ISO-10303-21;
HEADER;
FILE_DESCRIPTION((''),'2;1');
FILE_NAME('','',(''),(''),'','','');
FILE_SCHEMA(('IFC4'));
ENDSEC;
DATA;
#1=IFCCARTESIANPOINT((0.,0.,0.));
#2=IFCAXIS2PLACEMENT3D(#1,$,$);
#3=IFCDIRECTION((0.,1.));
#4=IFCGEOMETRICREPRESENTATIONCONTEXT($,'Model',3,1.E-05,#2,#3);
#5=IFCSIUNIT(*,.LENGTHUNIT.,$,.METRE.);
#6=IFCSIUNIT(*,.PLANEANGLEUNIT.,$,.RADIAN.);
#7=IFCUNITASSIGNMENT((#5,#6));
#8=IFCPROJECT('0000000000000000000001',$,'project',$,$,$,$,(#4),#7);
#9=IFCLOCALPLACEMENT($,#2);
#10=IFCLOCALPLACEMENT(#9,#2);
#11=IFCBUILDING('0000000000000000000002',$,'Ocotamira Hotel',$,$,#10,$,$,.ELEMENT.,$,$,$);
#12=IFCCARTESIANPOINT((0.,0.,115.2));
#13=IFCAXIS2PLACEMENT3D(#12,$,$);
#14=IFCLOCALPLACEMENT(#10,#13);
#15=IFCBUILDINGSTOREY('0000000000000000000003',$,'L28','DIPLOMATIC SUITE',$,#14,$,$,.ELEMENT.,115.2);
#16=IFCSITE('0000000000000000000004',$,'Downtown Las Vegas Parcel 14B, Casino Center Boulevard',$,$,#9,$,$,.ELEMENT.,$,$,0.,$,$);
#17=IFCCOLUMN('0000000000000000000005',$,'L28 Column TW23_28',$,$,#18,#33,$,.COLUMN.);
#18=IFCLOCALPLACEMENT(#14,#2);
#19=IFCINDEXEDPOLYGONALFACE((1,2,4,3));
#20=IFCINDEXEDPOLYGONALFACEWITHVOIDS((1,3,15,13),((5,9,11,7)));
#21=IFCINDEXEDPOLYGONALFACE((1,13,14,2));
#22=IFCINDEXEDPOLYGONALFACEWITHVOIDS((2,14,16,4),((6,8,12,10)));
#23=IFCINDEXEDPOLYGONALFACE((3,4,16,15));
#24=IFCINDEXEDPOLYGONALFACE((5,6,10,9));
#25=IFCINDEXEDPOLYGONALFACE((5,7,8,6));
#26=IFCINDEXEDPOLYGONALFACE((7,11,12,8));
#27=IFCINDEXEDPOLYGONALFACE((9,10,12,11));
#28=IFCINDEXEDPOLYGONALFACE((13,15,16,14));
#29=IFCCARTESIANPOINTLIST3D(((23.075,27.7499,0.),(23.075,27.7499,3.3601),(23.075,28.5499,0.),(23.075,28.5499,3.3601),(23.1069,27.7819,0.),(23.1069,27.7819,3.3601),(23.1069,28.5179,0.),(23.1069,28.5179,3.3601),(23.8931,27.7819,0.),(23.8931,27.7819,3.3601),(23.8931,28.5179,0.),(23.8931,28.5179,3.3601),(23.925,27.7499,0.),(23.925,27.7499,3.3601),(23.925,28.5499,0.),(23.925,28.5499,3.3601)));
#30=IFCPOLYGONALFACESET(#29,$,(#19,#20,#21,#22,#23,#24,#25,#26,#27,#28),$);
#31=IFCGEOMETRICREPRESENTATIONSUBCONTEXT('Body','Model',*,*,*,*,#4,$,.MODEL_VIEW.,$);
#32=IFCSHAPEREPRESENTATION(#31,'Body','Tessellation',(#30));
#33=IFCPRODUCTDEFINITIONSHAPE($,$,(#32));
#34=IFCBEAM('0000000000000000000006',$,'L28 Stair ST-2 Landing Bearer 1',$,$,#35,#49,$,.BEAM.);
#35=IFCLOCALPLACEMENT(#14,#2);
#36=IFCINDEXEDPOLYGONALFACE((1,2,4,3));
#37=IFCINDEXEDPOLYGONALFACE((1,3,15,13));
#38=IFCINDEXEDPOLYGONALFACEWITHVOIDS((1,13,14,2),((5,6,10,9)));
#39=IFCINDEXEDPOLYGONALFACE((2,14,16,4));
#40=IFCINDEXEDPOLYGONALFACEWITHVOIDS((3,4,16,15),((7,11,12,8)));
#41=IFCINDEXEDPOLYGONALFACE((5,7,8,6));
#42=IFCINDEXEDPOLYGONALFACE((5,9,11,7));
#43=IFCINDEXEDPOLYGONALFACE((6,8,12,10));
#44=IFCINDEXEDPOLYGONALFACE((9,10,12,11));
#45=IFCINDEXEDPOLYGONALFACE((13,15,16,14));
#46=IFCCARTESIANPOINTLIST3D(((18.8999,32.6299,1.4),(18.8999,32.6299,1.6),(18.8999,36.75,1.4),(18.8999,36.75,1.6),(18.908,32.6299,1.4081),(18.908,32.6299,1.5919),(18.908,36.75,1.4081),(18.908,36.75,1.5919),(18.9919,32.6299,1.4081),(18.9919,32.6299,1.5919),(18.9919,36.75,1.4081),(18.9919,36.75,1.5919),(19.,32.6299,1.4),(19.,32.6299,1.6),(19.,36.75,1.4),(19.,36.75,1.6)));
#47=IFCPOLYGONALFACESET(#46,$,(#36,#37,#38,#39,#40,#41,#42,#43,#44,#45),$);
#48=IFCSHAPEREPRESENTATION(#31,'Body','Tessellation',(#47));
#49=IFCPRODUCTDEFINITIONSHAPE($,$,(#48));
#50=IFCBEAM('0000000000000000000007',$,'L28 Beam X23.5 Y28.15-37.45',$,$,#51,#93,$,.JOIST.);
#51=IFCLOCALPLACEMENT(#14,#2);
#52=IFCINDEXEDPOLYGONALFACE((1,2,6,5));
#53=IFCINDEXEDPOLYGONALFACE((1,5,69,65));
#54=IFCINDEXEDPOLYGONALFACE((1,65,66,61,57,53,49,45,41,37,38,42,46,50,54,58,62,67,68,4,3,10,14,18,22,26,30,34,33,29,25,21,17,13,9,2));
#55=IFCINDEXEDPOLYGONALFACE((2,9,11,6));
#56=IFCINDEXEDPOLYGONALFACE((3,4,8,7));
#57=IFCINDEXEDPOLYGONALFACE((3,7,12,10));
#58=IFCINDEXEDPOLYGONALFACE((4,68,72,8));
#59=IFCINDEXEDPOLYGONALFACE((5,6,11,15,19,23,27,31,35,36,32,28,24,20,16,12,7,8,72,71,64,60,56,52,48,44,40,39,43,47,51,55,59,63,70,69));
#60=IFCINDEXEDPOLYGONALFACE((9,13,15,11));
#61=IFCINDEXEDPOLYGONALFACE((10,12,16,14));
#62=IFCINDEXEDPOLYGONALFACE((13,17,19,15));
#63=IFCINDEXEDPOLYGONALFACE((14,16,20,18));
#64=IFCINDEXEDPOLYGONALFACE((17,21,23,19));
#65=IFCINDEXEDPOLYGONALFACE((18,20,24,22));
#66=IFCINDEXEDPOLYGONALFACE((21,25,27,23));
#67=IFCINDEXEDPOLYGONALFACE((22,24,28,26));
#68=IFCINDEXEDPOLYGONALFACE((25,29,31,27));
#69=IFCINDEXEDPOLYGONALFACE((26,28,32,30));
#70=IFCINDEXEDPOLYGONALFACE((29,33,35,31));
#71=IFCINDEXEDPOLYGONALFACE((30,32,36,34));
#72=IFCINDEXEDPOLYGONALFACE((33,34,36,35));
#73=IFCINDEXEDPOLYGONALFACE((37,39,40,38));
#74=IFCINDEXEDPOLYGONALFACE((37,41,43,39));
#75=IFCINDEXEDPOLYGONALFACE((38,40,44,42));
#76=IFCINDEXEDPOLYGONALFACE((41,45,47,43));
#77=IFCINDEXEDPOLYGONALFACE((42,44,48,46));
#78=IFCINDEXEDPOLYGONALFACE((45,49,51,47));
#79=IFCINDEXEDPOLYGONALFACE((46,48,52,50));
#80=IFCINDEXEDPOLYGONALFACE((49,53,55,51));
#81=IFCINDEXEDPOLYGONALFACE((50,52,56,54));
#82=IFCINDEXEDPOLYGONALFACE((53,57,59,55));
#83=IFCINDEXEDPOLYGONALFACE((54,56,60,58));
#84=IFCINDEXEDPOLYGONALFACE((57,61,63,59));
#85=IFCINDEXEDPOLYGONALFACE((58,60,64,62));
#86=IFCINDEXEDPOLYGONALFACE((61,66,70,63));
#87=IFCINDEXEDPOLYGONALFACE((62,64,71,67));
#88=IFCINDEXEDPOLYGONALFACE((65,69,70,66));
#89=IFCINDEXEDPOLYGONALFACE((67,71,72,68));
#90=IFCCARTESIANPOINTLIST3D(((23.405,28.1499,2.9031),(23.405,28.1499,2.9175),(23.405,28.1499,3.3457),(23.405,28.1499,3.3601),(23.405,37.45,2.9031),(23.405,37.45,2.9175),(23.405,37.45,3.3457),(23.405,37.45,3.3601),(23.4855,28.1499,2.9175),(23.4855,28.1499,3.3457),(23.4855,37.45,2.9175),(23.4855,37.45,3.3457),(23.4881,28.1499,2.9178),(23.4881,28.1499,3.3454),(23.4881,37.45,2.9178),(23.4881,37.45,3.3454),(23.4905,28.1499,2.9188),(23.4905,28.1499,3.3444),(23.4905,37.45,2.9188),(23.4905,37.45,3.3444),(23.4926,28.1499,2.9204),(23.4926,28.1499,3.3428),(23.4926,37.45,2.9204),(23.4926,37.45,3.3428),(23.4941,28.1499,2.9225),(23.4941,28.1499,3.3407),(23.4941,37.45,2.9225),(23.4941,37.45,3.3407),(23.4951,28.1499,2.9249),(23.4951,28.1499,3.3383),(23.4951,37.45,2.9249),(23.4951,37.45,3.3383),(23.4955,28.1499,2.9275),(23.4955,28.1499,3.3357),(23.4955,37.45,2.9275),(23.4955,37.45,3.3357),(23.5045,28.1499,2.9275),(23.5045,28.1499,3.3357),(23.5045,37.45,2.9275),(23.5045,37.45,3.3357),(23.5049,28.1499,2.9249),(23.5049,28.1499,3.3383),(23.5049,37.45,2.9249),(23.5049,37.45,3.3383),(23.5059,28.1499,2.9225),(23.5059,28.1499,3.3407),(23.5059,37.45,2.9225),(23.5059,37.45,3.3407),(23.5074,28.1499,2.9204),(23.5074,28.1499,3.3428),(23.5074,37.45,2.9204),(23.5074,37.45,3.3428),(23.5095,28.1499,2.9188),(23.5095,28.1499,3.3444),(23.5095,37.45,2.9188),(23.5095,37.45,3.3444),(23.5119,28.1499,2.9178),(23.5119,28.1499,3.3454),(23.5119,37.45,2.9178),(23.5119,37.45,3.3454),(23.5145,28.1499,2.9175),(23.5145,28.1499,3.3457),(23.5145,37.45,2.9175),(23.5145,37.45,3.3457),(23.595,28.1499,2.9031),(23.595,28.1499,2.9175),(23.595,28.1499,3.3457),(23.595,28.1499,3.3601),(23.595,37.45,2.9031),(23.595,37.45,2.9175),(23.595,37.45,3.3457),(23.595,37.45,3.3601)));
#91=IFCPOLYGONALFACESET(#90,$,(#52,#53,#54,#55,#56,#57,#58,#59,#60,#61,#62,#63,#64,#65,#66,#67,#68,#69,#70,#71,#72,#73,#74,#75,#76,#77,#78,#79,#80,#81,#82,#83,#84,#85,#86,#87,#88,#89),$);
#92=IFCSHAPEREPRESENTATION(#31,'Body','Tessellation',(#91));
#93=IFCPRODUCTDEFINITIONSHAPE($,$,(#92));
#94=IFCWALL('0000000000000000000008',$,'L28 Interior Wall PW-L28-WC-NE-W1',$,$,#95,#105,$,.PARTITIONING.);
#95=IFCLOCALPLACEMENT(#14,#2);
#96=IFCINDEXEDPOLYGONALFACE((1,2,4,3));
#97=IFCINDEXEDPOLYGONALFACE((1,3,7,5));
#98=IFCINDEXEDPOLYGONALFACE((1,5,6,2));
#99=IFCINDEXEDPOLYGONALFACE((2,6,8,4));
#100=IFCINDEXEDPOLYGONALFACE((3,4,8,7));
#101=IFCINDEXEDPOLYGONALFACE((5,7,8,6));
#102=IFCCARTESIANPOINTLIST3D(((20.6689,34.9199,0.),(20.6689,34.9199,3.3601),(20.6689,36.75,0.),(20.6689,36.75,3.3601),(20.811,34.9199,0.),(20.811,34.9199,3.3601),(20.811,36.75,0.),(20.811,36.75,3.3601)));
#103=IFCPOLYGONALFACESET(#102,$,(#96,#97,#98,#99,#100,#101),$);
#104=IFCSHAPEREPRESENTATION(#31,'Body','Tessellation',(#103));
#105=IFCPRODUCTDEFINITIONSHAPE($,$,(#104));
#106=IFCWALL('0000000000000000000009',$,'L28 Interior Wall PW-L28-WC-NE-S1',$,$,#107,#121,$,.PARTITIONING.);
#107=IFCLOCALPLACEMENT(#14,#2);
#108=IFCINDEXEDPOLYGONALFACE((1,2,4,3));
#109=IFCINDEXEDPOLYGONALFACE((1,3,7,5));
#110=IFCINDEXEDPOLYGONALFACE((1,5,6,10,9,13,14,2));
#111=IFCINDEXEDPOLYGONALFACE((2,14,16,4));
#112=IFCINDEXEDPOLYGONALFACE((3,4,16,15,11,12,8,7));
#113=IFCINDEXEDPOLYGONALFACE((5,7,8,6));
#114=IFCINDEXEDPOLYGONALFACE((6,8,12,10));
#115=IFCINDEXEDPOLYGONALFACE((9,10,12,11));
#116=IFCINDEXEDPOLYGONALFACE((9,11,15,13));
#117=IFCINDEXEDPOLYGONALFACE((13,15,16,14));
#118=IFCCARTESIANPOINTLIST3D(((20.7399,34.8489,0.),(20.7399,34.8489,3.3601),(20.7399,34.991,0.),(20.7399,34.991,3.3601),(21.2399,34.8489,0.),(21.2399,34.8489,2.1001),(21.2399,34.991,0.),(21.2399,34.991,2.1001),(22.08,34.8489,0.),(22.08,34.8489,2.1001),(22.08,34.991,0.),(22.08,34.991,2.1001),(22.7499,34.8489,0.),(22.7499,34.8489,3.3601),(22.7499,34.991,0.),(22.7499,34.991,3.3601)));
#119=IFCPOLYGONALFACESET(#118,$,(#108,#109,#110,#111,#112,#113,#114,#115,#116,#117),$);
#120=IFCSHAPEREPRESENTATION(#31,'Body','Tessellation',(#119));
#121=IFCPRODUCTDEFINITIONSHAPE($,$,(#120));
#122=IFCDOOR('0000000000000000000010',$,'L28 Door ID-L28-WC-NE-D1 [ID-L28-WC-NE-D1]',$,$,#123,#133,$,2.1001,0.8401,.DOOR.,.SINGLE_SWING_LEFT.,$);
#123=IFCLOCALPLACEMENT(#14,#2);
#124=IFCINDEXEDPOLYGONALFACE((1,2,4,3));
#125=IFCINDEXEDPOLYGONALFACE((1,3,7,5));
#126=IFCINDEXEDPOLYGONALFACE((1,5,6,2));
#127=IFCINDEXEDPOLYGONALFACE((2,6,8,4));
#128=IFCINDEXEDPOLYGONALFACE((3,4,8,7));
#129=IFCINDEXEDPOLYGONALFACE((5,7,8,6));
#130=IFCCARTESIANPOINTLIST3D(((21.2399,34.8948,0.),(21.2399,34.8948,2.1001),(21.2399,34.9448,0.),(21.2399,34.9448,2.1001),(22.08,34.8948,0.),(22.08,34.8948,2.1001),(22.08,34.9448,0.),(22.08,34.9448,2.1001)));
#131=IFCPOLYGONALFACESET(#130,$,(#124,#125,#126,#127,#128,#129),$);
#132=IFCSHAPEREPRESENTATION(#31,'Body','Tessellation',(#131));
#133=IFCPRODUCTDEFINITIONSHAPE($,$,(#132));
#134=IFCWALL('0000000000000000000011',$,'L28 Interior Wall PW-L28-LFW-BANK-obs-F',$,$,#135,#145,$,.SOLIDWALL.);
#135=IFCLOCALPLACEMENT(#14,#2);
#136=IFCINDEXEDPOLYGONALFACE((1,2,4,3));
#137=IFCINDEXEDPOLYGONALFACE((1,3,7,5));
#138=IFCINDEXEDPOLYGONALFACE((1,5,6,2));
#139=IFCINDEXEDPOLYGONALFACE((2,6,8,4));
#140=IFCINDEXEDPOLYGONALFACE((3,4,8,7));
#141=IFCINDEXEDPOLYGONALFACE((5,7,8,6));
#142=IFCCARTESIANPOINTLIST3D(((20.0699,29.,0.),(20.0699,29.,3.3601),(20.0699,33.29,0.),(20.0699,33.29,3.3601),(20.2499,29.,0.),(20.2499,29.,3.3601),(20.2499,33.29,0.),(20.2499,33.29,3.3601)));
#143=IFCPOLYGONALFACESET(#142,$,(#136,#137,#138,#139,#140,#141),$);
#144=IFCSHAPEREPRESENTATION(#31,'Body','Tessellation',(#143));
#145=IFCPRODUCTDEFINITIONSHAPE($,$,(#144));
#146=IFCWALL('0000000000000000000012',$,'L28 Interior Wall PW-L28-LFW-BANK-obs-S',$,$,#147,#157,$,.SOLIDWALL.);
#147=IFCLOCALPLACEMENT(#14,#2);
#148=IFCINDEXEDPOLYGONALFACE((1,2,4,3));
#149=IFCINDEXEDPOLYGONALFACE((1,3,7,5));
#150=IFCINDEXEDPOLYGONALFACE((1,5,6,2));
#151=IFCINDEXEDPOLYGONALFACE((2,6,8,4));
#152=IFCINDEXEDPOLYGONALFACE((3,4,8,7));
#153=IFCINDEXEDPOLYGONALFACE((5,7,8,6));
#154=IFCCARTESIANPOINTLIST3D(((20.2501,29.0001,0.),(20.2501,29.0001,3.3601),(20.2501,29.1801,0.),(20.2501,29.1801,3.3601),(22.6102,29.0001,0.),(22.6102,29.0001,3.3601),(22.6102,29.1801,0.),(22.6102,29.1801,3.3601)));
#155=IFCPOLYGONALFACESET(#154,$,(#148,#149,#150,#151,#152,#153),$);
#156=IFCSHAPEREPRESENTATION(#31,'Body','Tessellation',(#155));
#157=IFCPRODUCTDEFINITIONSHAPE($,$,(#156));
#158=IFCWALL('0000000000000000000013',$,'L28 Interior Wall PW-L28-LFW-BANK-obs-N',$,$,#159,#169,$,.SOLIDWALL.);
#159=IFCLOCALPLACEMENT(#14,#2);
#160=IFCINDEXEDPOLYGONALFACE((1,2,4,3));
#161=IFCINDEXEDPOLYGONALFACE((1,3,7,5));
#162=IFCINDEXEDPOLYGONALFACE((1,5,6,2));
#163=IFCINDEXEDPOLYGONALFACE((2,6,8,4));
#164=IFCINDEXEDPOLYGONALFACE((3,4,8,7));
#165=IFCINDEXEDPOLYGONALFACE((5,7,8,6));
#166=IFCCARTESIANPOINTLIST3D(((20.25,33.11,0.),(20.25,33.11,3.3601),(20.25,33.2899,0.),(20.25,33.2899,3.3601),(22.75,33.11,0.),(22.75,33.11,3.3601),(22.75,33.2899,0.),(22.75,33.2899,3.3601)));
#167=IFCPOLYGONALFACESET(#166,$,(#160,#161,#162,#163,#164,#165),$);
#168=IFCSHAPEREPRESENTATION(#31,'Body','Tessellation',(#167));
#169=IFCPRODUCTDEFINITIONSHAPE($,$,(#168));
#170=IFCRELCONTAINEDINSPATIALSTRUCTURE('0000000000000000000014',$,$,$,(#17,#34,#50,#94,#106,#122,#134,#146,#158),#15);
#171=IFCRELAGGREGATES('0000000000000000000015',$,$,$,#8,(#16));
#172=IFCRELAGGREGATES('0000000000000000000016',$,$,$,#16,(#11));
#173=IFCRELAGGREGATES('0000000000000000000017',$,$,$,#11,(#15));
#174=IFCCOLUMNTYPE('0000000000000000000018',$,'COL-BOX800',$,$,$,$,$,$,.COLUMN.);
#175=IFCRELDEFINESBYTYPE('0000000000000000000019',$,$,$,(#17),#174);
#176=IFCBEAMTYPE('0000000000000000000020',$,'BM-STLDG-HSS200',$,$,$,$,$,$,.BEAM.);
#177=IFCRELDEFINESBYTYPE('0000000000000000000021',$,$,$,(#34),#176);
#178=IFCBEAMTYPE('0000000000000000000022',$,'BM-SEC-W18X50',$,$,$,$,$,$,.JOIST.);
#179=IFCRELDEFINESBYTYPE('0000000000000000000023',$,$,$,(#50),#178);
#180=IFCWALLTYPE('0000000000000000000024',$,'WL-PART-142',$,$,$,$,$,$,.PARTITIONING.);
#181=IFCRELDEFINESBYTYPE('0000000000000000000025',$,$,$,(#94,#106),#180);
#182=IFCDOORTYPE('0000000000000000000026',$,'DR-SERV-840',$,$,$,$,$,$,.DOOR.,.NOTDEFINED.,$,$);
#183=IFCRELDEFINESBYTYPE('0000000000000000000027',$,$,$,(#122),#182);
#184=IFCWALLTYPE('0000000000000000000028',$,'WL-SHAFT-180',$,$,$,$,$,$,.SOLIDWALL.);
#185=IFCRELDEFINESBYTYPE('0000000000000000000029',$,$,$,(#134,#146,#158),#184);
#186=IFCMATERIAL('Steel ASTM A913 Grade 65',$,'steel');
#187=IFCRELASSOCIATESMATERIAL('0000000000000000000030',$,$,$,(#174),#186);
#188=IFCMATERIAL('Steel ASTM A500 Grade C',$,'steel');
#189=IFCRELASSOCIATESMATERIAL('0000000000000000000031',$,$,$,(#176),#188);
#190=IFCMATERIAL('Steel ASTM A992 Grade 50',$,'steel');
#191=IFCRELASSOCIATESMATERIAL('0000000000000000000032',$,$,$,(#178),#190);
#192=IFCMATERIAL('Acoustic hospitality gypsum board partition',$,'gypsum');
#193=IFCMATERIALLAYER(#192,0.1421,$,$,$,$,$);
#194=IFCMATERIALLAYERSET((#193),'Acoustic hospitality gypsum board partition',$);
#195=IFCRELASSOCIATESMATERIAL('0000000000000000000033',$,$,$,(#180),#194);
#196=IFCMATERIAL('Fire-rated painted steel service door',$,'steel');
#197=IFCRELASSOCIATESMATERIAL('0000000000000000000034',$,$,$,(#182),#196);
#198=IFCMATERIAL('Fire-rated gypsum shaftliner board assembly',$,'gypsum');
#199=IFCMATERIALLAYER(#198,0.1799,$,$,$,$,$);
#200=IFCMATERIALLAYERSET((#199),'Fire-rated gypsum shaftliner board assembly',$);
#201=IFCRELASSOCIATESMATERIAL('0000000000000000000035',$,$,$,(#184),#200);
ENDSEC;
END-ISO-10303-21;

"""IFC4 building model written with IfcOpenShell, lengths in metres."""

from ifc_helpers import new_model, si_unit, direction, frame, frame_2d, origin, origin_2d, place, context, subcontext, project, spatial, rectangle, hollow_rectangle, i_section, extrude, source, transform, mapped, material, layer, layer_set, material_profile, profile_set, type_object, element, fill, save


model = new_model("IFC4")

# Units and contexts
model_context = context("Model", 3, precision=1e-05, world=origin(), true_north=direction((0.0, 1.0)))
body_context = subcontext(model_context, "Body", "Model", "MODEL_VIEW")
ifc_project = project(units=[si_unit("LENGTHUNIT", "METRE"), si_unit("PLANEANGLEUNIT", "RADIAN")], contexts=[model_context])

# Site, building, storey
site_placement = place(None, origin())
site = spatial("IfcSite", under=ifc_project, at=site_placement, Name="Downtown Las Vegas Parcel 14B, Casino Center Boulevard", CompositionType="ELEMENT", RefElevation=0.0)
building_placement = place(site_placement, origin())
building = spatial("IfcBuilding", under=site, at=building_placement, Name="Ocotamira Hotel", CompositionType="ELEMENT")
storey_placement = place(building_placement, frame((0.0, 0.0, 115.2)))
storey = spatial("IfcBuildingStorey", under=building, at=storey_placement, Name="L28", Description="DIPLOMATIC SUITE", CompositionType="ELEMENT", Elevation=115.2)

# Column
ifc_material_1 = material(Name="Steel ASTM A913 Grade 65", Category="steel")
ifc_material_profile_1 = material_profile(ifc_material_1, hollow_rectangle(XDim=0.8501, YDim=0.8, WallThickness=0.032, at=origin_2d()), Name="BOX800X850X32")
ifc_profile_set_1 = profile_set([ifc_material_profile_1], Name="Steel ASTM A913 Grade 65")
column_type = type_object("IfcColumnType", Name="COL-BOX800", PredefinedType="COLUMN", material=ifc_profile_set_1)
shared_shape_1 = source(origin(), body_context, "Body", "SweptSolid", [
    extrude(hollow_rectangle(XDim=0.8501, YDim=0.8, WallThickness=0.032, at=origin_2d()), origin(), (0.0, 0.0, 1.0), 3.3601),
])
column_placement = place(storey_placement, frame((23.5, 28.1499, 0.0), z_axis=(0.0, 0.0, 1.0), x_axis=(1.0, 0.0, 0.0)))
element("IfcColumn", 1, at=column_placement, inside=storey, type_object=column_type, Name="L28 Column TW23_28", PredefinedType="COLUMN", context=body_context, shape_type="MappedRepresentation", body=[
    mapped(shared_shape_1, transform((0.0, 0.0, 0.0), scale=1.0)),
])

# Beams
ifc_material_2 = material(Name="Steel ASTM A500 Grade C", Category="steel")
ifc_material_profile_2 = material_profile(ifc_material_2, hollow_rectangle(XDim=0.1001, YDim=0.2, WallThickness=0.0081, at=origin_2d()), Name="HSS200X100X8")
ifc_profile_set_2 = profile_set([ifc_material_profile_2], Name="Steel ASTM A500 Grade C")
beam_type_1 = type_object("IfcBeamType", Name="BM-STLDG-HSS200", PredefinedType="BEAM", material=ifc_profile_set_2)
shared_shape_2 = source(origin(), body_context, "Body", "SweptSolid", [
    extrude(hollow_rectangle(XDim=0.1001, YDim=0.2, WallThickness=0.0081, at=origin_2d()), origin(), (0.0, 0.0, 1.0), 4.1201),
])
beam_1_placement = place(storey_placement, frame((18.95, 32.6299, 1.5), z_axis=(0.0, 1.0, 0.0), x_axis=(-1.0, 0.0, 0.0)))
element("IfcBeam", 2, at=beam_1_placement, inside=storey, type_object=beam_type_1, Name="L28 Stair ST-2 Landing Bearer 1", PredefinedType="BEAM", context=body_context, shape_type="MappedRepresentation", body=[
    mapped(shared_shape_2, transform((0.0, 0.0, 0.0), scale=1.0)),
])
ifc_material_3 = material(Name="Steel ASTM A992 Grade 50", Category="steel")
ifc_material_profile_3 = material_profile(ifc_material_3, i_section(OverallWidth=0.1899, OverallDepth=0.457, WebThickness=0.009, FlangeThickness=0.0144, FilletRadius=0.01, at=origin_2d()), Name="W18X50")
ifc_profile_set_3 = profile_set([ifc_material_profile_3], Name="Steel ASTM A992 Grade 50")
beam_type_2 = type_object("IfcBeamType", Name="BM-SEC-W18X50", PredefinedType="JOIST", material=ifc_profile_set_3)
shared_shape_3 = source(origin(), body_context, "Body", "SweptSolid", [
    extrude(i_section(OverallWidth=0.1899, OverallDepth=0.457, WebThickness=0.009, FlangeThickness=0.0144, FilletRadius=0.01, at=origin_2d()), origin(), (0.0, 0.0, 1.0), 9.3),
])
beam_2_placement = place(storey_placement, frame((23.5, 28.1499, 3.1316), z_axis=(0.0, 1.0, 0.0), x_axis=(-1.0, 0.0, 0.0)))
element("IfcBeam", 3, at=beam_2_placement, inside=storey, type_object=beam_type_2, Name="L28 Beam X23.5 Y28.15-37.45", PredefinedType="JOIST", context=body_context, shape_type="MappedRepresentation", body=[
    mapped(shared_shape_3, transform((0.0, 0.0, 0.0), scale=1.0)),
])

# Wall
ifc_material_4 = material(Name="Acoustic hospitality gypsum board partition", Category="gypsum")
ifc_layer_1 = layer(ifc_material_4, 0.1421)
ifc_layer_set_1 = layer_set([ifc_layer_1], Name="Acoustic hospitality gypsum board partition")
wall_type_1 = type_object("IfcWallType", Name="WL-PART-142", PredefinedType="PARTITIONING", material=ifc_layer_set_1)
wall_1_placement = place(storey_placement, frame((20.74, 34.9199, 0.0), z_axis=(0.0, 0.0, 1.0), x_axis=(0.0, 1.0, 0.0)))
element("IfcWall", 4, at=wall_1_placement, inside=storey, type_object=wall_type_1, Name="L28 Interior Wall PW-L28-WC-NE-W1", PredefinedType="PARTITIONING", context=body_context, shape_type="SweptSolid", body=[
    extrude(rectangle(XDim=1.8301, YDim=0.1421, at=frame_2d((0.915, 0.0))), origin(), (0.0, 0.0, 1.0), 3.3601),
])

# Wall, opening, door
wall_2_placement = place(storey_placement, frame((20.74, 34.9199, 0.0), z_axis=(0.0, 0.0, 1.0), x_axis=(1.0, 0.0, 0.0)))
wall_2 = element("IfcWall", 5, at=wall_2_placement, inside=storey, type_object=wall_type_1, Name="L28 Interior Wall PW-L28-WC-NE-S1", PredefinedType="PARTITIONING", context=body_context, shape_type="SweptSolid", body=[
    extrude(rectangle(XDim=2.01, YDim=0.1421, at=frame_2d((1.0049, 0.0))), origin(), (0.0, 0.0, 1.0), 3.3601),
])
opening_1_placement = place(wall_2_placement, frame((0.5, 0.0, 0.0)))
opening_1 = element("IfcOpeningElement", 6, at=opening_1_placement, cuts=wall_2, PredefinedType="OPENING", context=body_context, shape_type="SweptSolid", body=[
    extrude(rectangle(XDim=0.8401, YDim=2.1001, at=frame_2d((0.4199, 1.05))), frame((0.0, 0.0811, 0.0), z_axis=(0.0, -1.0, 0.0), x_axis=(1.0, 0.0, 0.0)), (0.0, 0.0, 1.0), 0.1621),
])
ifc_material_5 = material(Name="Fire-rated painted steel service door", Category="steel")
door_type_1 = type_object("IfcDoorType", Name="DR-SERV-840", OperationType="NOTDEFINED", PredefinedType="DOOR", material=ifc_material_5)
shared_shape_4 = source(origin(), body_context, "Body", "SweptSolid", [
    extrude(rectangle(XDim=0.8401, YDim=2.1001, at=frame_2d((0.4199, 1.05))), frame((0.0, 0.0249, 0.0), z_axis=(0.0, -1.0, 0.0), x_axis=(1.0, 0.0, 0.0)), (0.0, 0.0, 1.0), 0.05),
])
door_1_placement = place(opening_1_placement, origin())
door_1 = element("IfcDoor", 7, at=door_1_placement, inside=storey, type_object=door_type_1, Name="L28 Door ID-L28-WC-NE-D1 [ID-L28-WC-NE-D1]", OperationType="SINGLE_SWING_LEFT", OverallHeight=2.1001, OverallWidth=0.8401, PredefinedType="DOOR", context=body_context, shape_type="MappedRepresentation", body=[
    mapped(shared_shape_4, transform((0.0, 0.0, 0.0), scale=1.0)),
])
fill(opening_1, door_1)

# Walls
ifc_material_6 = material(Name="Fire-rated gypsum shaftliner board assembly", Category="gypsum")
ifc_layer_2 = layer(ifc_material_6, 0.1799)
ifc_layer_set_2 = layer_set([ifc_layer_2], Name="Fire-rated gypsum shaftliner board assembly")
wall_type_2 = type_object("IfcWallType", Name="WL-SHAFT-180", PredefinedType="SOLIDWALL", material=ifc_layer_set_2)
wall_3_placement = place(storey_placement, frame((20.1599, 29.0, 0.0), z_axis=(0.0, 0.0, 1.0), x_axis=(0.0, 1.0, 0.0)))
element("IfcWall", 8, at=wall_3_placement, inside=storey, type_object=wall_type_2, Name="L28 Interior Wall PW-L28-LFW-BANK-obs-F", PredefinedType="SOLIDWALL", context=body_context, shape_type="SweptSolid", body=[
    extrude(rectangle(XDim=4.29, YDim=0.1799, at=frame_2d((2.145, 0.0))), origin(), (0.0, 0.0, 1.0), 3.3601),
])
wall_4_placement = place(storey_placement, frame((20.25, 29.0901, 0.0), z_axis=(0.0, 0.0, 1.0), x_axis=(1.0, 0.0, 0.0)))
element("IfcWall", 9, at=wall_4_placement, inside=storey, type_object=wall_type_2, Name="L28 Interior Wall PW-L28-LFW-BANK-obs-S", PredefinedType="SOLIDWALL", context=body_context, shape_type="SweptSolid", body=[
    extrude(rectangle(XDim=2.3601, YDim=0.1799, at=frame_2d((1.1802, 0.0))), origin(), (0.0, 0.0, 1.0), 3.3601),
])
wall_5_placement = place(storey_placement, frame((20.25, 33.2, 0.0), z_axis=(0.0, 0.0, 1.0), x_axis=(1.0, 0.0, 0.0)))
element("IfcWall", 10, at=wall_5_placement, inside=storey, type_object=wall_type_2, Name="L28 Interior Wall PW-L28-LFW-BANK-obs-N", PredefinedType="SOLIDWALL", context=body_context, shape_type="SweptSolid", body=[
    extrude(rectangle(XDim=2.5, YDim=0.1799, at=frame_2d((1.25, 0.0))), origin(), (0.0, 0.0, 1.0), 3.3601),
])

save(model, "model.ifc")
